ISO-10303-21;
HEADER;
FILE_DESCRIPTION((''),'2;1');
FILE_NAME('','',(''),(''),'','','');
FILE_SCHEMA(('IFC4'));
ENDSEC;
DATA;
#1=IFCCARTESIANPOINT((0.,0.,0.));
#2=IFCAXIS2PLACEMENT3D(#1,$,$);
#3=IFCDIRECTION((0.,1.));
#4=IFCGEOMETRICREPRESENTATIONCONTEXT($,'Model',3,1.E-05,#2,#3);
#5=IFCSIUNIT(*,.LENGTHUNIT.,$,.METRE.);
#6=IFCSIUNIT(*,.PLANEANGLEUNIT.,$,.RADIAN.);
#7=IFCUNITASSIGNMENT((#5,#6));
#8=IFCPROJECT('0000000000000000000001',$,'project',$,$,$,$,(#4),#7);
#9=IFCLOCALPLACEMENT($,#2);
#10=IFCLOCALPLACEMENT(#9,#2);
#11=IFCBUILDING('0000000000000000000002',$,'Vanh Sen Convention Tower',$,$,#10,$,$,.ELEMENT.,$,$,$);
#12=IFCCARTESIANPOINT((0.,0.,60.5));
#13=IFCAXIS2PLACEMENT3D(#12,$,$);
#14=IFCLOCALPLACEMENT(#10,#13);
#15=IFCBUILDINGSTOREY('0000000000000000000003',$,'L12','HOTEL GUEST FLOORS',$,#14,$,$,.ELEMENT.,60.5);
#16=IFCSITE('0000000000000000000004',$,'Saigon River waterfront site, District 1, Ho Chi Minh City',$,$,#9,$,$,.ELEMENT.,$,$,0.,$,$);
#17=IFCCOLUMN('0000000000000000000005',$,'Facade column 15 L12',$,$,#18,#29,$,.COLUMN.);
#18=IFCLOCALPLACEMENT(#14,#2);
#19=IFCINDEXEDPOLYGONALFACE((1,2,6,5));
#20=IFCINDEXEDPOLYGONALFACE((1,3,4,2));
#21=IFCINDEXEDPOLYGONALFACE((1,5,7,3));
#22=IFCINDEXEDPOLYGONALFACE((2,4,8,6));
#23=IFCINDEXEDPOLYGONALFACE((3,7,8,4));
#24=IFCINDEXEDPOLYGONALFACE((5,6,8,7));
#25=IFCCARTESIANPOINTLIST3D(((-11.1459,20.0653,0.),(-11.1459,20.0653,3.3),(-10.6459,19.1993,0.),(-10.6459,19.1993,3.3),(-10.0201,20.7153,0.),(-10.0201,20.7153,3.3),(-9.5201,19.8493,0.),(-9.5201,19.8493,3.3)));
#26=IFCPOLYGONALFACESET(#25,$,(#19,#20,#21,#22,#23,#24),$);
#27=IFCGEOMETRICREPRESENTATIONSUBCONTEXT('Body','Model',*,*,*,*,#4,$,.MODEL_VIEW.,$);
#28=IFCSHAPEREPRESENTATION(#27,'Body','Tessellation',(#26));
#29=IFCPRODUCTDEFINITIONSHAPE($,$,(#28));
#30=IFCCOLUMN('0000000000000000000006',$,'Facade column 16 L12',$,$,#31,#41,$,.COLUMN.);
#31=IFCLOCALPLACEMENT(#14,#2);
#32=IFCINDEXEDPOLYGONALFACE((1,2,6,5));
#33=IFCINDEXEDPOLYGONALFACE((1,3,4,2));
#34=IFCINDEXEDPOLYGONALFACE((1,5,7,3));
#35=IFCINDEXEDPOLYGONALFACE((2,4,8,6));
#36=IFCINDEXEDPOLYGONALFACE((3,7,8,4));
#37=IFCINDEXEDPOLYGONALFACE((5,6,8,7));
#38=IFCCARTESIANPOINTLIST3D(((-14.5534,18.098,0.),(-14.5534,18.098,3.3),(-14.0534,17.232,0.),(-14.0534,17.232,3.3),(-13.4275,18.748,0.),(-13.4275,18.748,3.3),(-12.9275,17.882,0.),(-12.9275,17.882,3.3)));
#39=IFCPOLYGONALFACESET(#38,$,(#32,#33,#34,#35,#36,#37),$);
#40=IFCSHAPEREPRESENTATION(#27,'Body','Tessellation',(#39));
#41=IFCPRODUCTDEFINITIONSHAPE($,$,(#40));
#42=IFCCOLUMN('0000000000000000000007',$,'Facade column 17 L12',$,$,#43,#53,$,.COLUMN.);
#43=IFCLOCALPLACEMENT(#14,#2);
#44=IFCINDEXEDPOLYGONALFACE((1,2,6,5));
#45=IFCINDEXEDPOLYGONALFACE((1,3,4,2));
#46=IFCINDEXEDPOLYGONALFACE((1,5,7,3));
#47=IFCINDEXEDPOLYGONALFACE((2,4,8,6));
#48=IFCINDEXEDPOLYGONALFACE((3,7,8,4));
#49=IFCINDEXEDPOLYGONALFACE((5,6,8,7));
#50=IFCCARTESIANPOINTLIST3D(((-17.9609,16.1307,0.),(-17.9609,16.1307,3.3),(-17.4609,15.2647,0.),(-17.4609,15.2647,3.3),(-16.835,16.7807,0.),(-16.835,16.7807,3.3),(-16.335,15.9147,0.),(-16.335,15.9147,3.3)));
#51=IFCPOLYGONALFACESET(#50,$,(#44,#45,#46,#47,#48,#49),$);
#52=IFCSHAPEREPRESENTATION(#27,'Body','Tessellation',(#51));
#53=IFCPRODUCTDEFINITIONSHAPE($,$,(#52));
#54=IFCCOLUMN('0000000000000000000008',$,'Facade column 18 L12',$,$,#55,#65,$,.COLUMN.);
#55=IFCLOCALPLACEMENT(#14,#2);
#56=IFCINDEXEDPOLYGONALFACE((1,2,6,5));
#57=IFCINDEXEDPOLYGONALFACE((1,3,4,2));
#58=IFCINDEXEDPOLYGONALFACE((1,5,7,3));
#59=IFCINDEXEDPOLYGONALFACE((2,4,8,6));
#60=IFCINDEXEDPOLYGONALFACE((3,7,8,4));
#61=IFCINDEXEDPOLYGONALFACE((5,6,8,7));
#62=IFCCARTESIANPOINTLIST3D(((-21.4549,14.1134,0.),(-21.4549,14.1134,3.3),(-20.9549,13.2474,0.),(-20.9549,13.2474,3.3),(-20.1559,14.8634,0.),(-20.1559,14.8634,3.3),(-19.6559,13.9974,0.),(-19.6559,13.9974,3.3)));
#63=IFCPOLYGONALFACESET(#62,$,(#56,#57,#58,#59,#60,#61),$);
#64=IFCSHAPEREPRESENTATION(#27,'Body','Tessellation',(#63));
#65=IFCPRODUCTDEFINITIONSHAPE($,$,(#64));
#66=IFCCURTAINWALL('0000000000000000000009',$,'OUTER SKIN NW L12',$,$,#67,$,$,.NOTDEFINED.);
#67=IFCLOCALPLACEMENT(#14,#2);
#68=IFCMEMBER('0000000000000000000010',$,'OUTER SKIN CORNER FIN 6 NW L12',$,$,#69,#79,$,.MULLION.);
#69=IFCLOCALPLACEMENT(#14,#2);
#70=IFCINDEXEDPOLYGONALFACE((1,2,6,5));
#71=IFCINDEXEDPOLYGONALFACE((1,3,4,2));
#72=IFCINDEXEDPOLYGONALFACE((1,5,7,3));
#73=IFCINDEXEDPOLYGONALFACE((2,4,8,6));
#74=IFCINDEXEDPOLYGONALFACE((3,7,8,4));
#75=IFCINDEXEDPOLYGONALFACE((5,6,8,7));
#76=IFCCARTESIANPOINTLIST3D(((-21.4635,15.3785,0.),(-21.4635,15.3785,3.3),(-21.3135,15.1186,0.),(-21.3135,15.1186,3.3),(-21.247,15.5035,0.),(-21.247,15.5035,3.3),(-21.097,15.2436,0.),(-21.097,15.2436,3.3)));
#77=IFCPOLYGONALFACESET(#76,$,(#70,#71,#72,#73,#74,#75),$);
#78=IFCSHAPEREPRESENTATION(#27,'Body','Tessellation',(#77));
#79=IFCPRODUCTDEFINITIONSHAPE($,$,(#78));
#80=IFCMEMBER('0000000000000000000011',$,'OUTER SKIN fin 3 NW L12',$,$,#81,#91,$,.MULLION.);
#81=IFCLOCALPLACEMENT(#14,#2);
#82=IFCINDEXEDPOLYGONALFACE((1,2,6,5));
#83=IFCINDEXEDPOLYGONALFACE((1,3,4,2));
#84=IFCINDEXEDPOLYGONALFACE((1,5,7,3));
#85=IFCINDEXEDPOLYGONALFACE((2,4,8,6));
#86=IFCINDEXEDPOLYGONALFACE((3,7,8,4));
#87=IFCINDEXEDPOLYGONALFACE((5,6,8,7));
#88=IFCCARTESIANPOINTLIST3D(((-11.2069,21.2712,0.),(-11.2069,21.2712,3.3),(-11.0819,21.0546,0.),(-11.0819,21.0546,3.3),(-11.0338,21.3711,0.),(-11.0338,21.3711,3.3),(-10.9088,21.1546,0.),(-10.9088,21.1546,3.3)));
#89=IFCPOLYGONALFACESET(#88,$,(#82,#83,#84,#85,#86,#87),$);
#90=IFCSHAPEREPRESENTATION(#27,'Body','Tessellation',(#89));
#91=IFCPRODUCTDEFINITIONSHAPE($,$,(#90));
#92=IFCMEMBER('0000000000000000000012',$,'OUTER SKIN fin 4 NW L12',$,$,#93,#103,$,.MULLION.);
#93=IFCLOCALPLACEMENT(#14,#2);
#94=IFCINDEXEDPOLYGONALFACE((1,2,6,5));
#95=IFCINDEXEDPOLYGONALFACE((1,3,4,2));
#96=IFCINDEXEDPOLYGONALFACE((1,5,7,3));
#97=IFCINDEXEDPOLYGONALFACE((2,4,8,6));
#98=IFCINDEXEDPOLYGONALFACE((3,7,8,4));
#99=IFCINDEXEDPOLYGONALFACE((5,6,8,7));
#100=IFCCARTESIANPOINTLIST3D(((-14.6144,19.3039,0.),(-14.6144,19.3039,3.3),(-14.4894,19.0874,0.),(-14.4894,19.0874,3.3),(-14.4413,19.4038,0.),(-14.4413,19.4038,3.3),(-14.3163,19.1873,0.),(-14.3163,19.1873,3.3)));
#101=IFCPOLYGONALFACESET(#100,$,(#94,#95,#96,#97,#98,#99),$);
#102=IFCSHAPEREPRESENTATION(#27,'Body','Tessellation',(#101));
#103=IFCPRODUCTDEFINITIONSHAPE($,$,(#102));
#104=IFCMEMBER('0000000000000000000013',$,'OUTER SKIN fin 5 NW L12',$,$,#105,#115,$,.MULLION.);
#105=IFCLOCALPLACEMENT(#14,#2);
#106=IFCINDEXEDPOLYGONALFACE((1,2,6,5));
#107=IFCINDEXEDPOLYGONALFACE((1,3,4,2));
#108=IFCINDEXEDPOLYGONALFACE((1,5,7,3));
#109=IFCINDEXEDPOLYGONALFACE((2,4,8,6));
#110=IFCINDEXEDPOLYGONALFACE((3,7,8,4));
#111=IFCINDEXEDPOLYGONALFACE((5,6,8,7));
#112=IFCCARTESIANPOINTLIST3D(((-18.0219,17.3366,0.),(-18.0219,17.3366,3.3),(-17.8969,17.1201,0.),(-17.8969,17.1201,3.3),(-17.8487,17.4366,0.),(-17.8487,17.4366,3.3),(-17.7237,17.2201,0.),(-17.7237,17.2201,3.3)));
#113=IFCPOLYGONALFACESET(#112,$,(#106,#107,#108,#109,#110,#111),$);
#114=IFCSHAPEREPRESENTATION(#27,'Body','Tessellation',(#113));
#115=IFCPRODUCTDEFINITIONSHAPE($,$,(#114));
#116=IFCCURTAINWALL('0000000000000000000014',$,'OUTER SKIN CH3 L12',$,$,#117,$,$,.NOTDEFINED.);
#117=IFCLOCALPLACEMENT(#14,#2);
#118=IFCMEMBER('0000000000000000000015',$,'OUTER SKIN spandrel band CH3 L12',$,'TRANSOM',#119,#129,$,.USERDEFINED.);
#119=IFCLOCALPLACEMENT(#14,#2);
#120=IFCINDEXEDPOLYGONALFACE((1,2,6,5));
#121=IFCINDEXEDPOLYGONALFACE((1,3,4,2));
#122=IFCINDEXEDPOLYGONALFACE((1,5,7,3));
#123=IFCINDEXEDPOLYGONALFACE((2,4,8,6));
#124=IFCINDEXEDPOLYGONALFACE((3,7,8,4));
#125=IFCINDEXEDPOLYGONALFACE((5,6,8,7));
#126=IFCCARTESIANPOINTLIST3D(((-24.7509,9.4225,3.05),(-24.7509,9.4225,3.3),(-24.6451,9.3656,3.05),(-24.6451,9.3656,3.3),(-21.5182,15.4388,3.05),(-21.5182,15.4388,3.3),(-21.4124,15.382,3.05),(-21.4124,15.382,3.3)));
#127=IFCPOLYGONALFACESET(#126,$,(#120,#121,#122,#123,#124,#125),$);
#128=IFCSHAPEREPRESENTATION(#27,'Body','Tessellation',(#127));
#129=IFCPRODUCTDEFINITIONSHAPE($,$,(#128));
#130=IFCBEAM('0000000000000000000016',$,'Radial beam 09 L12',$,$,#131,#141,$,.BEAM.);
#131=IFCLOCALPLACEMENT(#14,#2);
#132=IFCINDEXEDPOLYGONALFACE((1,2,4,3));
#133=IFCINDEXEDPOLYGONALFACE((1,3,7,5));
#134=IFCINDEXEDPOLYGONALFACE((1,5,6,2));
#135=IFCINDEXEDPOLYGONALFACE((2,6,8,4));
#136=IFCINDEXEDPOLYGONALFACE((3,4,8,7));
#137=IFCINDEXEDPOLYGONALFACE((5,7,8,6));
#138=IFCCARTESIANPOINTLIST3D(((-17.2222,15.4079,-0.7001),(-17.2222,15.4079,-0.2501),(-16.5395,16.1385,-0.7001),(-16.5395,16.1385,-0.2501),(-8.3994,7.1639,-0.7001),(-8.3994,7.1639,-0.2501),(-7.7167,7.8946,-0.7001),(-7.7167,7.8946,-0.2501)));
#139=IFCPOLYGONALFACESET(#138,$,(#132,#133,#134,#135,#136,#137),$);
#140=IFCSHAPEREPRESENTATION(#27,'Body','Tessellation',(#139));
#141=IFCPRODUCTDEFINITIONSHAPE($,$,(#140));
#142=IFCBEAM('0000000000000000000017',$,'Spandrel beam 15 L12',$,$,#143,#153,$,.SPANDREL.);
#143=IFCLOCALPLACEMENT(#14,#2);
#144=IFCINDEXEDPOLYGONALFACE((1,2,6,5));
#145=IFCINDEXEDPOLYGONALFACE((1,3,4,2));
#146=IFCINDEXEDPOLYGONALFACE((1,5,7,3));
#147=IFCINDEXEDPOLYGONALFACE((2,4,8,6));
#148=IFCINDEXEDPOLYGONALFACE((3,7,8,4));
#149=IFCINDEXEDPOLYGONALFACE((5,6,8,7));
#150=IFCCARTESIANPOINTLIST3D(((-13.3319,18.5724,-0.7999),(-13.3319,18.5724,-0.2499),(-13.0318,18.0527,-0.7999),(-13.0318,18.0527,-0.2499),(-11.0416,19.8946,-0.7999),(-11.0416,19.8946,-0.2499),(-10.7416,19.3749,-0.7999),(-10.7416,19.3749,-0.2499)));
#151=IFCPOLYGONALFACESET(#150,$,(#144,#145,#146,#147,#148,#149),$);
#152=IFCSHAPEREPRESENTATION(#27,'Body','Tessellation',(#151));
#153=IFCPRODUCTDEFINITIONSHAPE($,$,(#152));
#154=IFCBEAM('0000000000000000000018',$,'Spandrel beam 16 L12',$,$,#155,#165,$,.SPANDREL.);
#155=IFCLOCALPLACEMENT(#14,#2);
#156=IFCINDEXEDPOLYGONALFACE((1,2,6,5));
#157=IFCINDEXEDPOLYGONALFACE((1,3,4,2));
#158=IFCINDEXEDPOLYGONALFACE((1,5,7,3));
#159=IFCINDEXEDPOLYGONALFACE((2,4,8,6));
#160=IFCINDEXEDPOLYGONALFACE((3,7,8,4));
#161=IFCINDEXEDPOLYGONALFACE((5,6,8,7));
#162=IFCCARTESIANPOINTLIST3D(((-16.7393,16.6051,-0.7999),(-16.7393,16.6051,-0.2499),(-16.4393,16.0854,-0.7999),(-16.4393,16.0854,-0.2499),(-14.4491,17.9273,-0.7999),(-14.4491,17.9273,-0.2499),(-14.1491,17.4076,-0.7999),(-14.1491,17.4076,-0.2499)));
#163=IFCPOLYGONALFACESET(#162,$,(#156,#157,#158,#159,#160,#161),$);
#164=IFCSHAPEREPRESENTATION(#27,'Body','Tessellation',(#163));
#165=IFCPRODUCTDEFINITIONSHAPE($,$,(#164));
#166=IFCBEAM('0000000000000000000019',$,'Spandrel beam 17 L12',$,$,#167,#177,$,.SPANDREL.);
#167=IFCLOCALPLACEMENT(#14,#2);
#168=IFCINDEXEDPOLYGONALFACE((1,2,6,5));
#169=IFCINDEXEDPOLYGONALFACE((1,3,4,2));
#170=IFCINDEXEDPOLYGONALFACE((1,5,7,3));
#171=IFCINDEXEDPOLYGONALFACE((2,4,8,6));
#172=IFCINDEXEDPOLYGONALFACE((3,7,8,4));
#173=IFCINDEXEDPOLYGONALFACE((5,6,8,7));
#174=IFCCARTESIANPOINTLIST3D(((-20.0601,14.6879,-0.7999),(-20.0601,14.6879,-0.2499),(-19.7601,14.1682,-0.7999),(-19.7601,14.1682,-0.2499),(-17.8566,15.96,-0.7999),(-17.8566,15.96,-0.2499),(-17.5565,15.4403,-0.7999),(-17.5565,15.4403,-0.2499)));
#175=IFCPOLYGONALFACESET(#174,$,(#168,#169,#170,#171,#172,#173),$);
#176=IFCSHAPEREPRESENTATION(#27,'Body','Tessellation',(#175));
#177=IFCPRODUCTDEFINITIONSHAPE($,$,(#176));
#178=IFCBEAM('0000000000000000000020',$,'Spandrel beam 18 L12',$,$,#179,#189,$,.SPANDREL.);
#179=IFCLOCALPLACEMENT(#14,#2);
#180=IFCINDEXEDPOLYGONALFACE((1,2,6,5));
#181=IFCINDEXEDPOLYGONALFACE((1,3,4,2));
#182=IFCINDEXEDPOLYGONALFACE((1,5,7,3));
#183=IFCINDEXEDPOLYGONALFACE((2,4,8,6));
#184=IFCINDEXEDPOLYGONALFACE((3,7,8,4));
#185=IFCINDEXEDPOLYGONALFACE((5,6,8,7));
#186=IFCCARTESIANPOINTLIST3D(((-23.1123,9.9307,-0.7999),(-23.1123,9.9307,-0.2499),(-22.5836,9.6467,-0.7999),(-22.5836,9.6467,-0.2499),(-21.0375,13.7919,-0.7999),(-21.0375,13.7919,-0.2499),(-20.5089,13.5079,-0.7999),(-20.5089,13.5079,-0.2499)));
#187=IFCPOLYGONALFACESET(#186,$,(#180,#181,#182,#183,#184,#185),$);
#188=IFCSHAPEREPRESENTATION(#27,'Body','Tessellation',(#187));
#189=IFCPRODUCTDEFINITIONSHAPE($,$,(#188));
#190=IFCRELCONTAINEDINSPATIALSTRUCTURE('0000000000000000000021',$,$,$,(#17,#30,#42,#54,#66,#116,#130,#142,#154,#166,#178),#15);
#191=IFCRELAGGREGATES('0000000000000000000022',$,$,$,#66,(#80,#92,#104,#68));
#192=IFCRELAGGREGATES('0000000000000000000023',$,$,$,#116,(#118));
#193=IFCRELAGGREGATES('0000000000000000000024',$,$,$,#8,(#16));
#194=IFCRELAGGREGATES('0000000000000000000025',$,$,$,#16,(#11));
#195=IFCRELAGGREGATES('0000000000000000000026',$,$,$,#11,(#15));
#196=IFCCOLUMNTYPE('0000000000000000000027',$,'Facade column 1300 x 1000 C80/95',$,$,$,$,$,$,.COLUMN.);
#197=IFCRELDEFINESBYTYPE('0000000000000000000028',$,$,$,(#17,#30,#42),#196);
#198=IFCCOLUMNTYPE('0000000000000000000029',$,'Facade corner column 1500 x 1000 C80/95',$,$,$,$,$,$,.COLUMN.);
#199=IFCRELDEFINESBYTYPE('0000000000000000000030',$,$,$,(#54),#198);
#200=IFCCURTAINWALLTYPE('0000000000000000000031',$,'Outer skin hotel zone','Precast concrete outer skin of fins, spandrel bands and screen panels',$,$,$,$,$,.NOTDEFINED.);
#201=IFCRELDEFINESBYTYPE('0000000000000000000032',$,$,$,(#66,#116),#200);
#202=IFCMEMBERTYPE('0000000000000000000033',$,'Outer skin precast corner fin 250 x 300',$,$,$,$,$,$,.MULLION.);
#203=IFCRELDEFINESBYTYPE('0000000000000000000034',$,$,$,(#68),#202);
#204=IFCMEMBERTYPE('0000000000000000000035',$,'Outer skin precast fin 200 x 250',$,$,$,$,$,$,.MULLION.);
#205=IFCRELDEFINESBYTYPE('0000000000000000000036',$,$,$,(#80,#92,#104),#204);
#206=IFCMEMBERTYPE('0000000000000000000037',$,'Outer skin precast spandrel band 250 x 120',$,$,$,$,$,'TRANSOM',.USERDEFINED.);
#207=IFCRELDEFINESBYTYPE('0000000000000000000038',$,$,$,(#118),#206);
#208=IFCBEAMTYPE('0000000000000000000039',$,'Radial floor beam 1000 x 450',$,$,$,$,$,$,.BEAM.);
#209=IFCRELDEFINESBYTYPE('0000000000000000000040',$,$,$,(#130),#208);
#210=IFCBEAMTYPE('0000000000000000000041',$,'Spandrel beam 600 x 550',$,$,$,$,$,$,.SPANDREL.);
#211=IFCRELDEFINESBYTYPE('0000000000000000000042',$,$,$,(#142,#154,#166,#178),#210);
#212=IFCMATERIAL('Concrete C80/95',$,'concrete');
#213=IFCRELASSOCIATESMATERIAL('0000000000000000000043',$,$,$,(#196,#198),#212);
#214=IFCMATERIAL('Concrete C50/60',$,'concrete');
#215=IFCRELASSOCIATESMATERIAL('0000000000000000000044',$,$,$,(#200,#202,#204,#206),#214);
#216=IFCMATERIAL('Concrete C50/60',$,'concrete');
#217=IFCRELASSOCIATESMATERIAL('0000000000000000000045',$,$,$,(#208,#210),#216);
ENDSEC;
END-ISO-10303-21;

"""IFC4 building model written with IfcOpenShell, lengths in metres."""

from ifc_helpers import new_model, si_unit, direction, frame, origin, origin_2d, place, context, subcontext, project, spatial, rectangle, extrude, material, material_profile, profile_set, type_object, element, aggregate, save


model = new_model("IFC4")

# Units and contexts
model_context = context("Model", 3, precision=1e-05, world=origin(), true_north=direction((0.0, 1.0)))
body_context = subcontext(model_context, "Body", "Model", "MODEL_VIEW")
ifc_project = project(units=[si_unit("LENGTHUNIT", "METRE"), si_unit("PLANEANGLEUNIT", "RADIAN")], contexts=[model_context])

# Site, building, storey
site_placement = place(None, origin())
site = spatial("IfcSite", under=ifc_project, at=site_placement, Name="Saigon River waterfront site, District 1, Ho Chi Minh City", CompositionType="ELEMENT", RefElevation=0.0)
building_placement = place(site_placement, origin())
building = spatial("IfcBuilding", under=site, at=building_placement, Name="Vanh Sen Convention Tower", CompositionType="ELEMENT")
storey_placement = place(building_placement, frame((0.0, 0.0, 60.5)))
storey = spatial("IfcBuildingStorey", under=building, at=storey_placement, Name="L12", Description="HOTEL GUEST FLOORS", CompositionType="ELEMENT", Elevation=60.5)

# Columns
ifc_material_1 = material(Name="Concrete C80/95", Category="concrete")
ifc_material_profile_1 = material_profile(ifc_material_1, rectangle(XDim=1.3, YDim=1.0, at=origin_2d()), Name="RC 1300X1000")
ifc_profile_set_1 = profile_set([ifc_material_profile_1], Name="Concrete C80/95")
column_type_1 = type_object("IfcColumnType", Name="Facade column 1300 x 1000 C80/95", PredefinedType="COLUMN", material=ifc_profile_set_1)
for number, where, z_axis, x_axis, name in (
    (1, (-10.333, 19.9573, 0.0), (0.0, 0.0, 1.0), (-0.866025, -0.5, 0.0), "Facade column 15 L12"),
    (2, (-13.7405, 17.99, 0.0), (0.0, 0.0, 1.0), (-0.866025, -0.5, 0.0), "Facade column 16 L12"),
    (3, (-17.1479, 16.0227, 0.0), (0.0, 0.0, 1.0), (-0.866025, -0.5, 0.0), "Facade column 17 L12"),
):
    element("IfcColumn", number, at=place(storey_placement, frame(where, z_axis=z_axis, x_axis=x_axis)), inside=storey, type_object=column_type_1, Name=name, PredefinedType="COLUMN", context=body_context, shape_type="SweptSolid", body=[
        extrude(rectangle(XDim=1.3, YDim=1.0, at=origin_2d()), origin(), (0.0, 0.0, 1.0), 3.3),
    ])
ifc_material_profile_2 = material_profile(ifc_material_1, rectangle(XDim=1.5, YDim=1.0, at=origin_2d()), Name="RC 1500X1000")
ifc_profile_set_2 = profile_set([ifc_material_profile_2], Name="Concrete C80/95")
column_type_2 = type_object("IfcColumnType", Name="Facade corner column 1500 x 1000 C80/95", PredefinedType="COLUMN", material=ifc_profile_set_2)
column_placement = place(storey_placement, frame((-20.5554, 14.0554, 0.0), z_axis=(0.0, 0.0, 1.0), x_axis=(-0.866025, -0.5, 0.0)))
element("IfcColumn", 4, at=column_placement, inside=storey, type_object=column_type_2, Name="Facade column 18 L12", PredefinedType="COLUMN", context=body_context, shape_type="SweptSolid", body=[
    extrude(rectangle(XDim=1.5, YDim=1.0, at=origin_2d()), origin(), (0.0, 0.0, 1.0), 3.3),
])

# Curtain wall, members
ifc_material_2 = material(Name="Concrete C50/60", Category="concrete")
curtain_wall_type = type_object("IfcCurtainWallType", Name="Outer skin hotel zone", Description="Precast concrete outer skin of fins, spandrel bands and screen panels", PredefinedType="NOTDEFINED", material=ifc_material_2)
curtain_wall_1_placement = place(storey_placement, origin())
curtain_wall_1 = element("IfcCurtainWall", 5, at=curtain_wall_1_placement, inside=storey, type_object=curtain_wall_type, Name="OUTER SKIN NW L12", PredefinedType="NOTDEFINED")
ifc_material_profile_3 = material_profile(ifc_material_2, rectangle(XDim=0.25, YDim=0.3, at=origin_2d()), Name="Outer skin precast corner fin 250 x 300")
ifc_profile_set_3 = profile_set([ifc_material_profile_3], Name="Concrete C50/60")
member_type_1 = type_object("IfcMemberType", Name="Outer skin precast corner fin 250 x 300", PredefinedType="MULLION", material=ifc_profile_set_3)
member_1_placement = place(storey_placement, frame((-21.2803, 15.311, 0.0), z_axis=(0.0, 0.0, 1.0), x_axis=(-0.866025, -0.5, 0.0)))
member_1 = element("IfcMember", 6, at=member_1_placement, type_object=member_type_1, Name="OUTER SKIN CORNER FIN 6 NW L12", PredefinedType="MULLION", context=body_context, shape_type="SweptSolid", body=[
    extrude(rectangle(XDim=0.25, YDim=0.3, at=origin_2d()), origin(), (0.0, 0.0, 1.0), 3.3),
])
ifc_material_profile_4 = material_profile(ifc_material_2, rectangle(XDim=0.2, YDim=0.25, at=origin_2d()), Name="Outer skin precast fin 200 x 250")
ifc_profile_set_4 = profile_set([ifc_material_profile_4], Name="Concrete C50/60")
member_type_2 = type_object("IfcMemberType", Name="Outer skin precast fin 200 x 250", PredefinedType="MULLION", material=ifc_profile_set_4)
member_2_placement = place(storey_placement, frame((-11.0579, 21.2129, 0.0), z_axis=(0.0, 0.0, 1.0), x_axis=(-0.866025, -0.5, 0.0)))
member_2 = element("IfcMember", 7, at=member_2_placement, type_object=member_type_2, Name="OUTER SKIN fin 3 NW L12", PredefinedType="MULLION", context=body_context, shape_type="SweptSolid", body=[
    extrude(rectangle(XDim=0.2, YDim=0.25, at=origin_2d()), origin(), (0.0, 0.0, 1.0), 3.3),
])
member_3_placement = place(storey_placement, frame((-14.4653, 19.2456, 0.0), z_axis=(0.0, 0.0, 1.0), x_axis=(-0.866025, -0.5, 0.0)))
member_3 = element("IfcMember", 8, at=member_3_placement, type_object=member_type_2, Name="OUTER SKIN fin 4 NW L12", PredefinedType="MULLION", context=body_context, shape_type="SweptSolid", body=[
    extrude(rectangle(XDim=0.2, YDim=0.25, at=origin_2d()), origin(), (0.0, 0.0, 1.0), 3.3),
])
member_4_placement = place(storey_placement, frame((-17.8728, 17.2783, 0.0), z_axis=(0.0, 0.0, 1.0), x_axis=(-0.866025, -0.5, 0.0)))
member_4 = element("IfcMember", 9, at=member_4_placement, type_object=member_type_2, Name="OUTER SKIN fin 5 NW L12", PredefinedType="MULLION", context=body_context, shape_type="SweptSolid", body=[
    extrude(rectangle(XDim=0.2, YDim=0.25, at=origin_2d()), origin(), (0.0, 0.0, 1.0), 3.3),
])

# Curtain wall, member
curtain_wall_2_placement = place(storey_placement, origin())
curtain_wall_2 = element("IfcCurtainWall", 10, at=curtain_wall_2_placement, inside=storey, type_object=curtain_wall_type, Name="OUTER SKIN CH3 L12", PredefinedType="NOTDEFINED")
ifc_material_profile_5 = material_profile(ifc_material_2, rectangle(XDim=0.1201, YDim=0.25, at=origin_2d()), Name="Outer skin precast spandrel band 250 x 120")
ifc_profile_set_5 = profile_set([ifc_material_profile_5], Name="Concrete C50/60")
member_type_3 = type_object("IfcMemberType", Name="Outer skin precast spandrel band 250 x 120", ElementType="TRANSOM", PredefinedType="USERDEFINED", material=ifc_profile_set_5)
member_5_placement = place(storey_placement, frame((-21.4653, 15.4104, 3.175), z_axis=(-0.473315, -0.880893, 0.0), x_axis=(0.880893, -0.473315, 0.0)))
member_5 = element("IfcMember", 11, at=member_5_placement, type_object=member_type_3, Name="OUTER SKIN spandrel band CH3 L12", ObjectType="TRANSOM", PredefinedType="USERDEFINED", context=body_context, shape_type="SweptSolid", body=[
    extrude(rectangle(XDim=0.1201, YDim=0.25, at=origin_2d()), origin(), (0.0, 0.0, 1.0), 6.8298),
])

# Beams
ifc_material_3 = material(Name="Concrete C50/60", Category="concrete")
ifc_material_profile_6 = material_profile(ifc_material_3, rectangle(XDim=1.0, YDim=0.45, at=origin_2d()), Name="RC 1000X450")
ifc_profile_set_6 = profile_set([ifc_material_profile_6], Name="Concrete C50/60")
beam_type_1 = type_object("IfcBeamType", Name="Radial floor beam 1000 x 450", PredefinedType="BEAM", material=ifc_profile_set_6)
beam_1_placement = place(storey_placement, frame((-16.8809, 15.7732, -0.4751), z_axis=(0.73067, -0.682731, 0.0), x_axis=(0.682731, 0.73067, 0.0)))
element("IfcBeam", 12, at=beam_1_placement, inside=storey, type_object=beam_type_1, Name="Radial beam 09 L12", PredefinedType="BEAM", context=body_context, shape_type="SweptSolid", body=[
    extrude(rectangle(XDim=1.0, YDim=0.45, at=origin_2d()), origin(), (0.0, 0.0, 1.0), 12.075),
])
ifc_material_profile_7 = material_profile(ifc_material_3, rectangle(XDim=0.6001, YDim=0.55, at=origin_2d()), Name="RC 600X550")
ifc_profile_set_7 = profile_set([ifc_material_profile_7], Name="Concrete C50/60")
beam_type_2 = type_object("IfcBeamType", Name="Spandrel beam 600 x 550", PredefinedType="SPANDREL", material=ifc_profile_set_7)
for number, where, z_axis, x_axis, name in (
    (13, (-10.8916, 19.6348, -0.5249), (-0.86603, -0.499991, 0.0), (0.499991, -0.86603, 0.0), "Spandrel beam 15 L12"),
    (14, (-14.2991, 17.6675, -0.5249), (-0.86603, -0.499991, 0.0), (0.499991, -0.86603, 0.0), "Spandrel beam 16 L12"),
):
    element("IfcBeam", number, at=place(storey_placement, frame(where, z_axis=z_axis, x_axis=x_axis)), inside=storey, type_object=beam_type_2, Name=name, PredefinedType="SPANDREL", context=body_context, shape_type="SweptSolid", body=[
        extrude(rectangle(XDim=0.6001, YDim=0.55, at=origin_2d()), origin(), (0.0, 0.0, 1.0), 2.6445),
    ])
beam_2_placement = place(storey_placement, frame((-17.7065, 15.7002, -0.5249), z_axis=(-0.866032, -0.499988, 0.0), x_axis=(0.499988, -0.866032, 0.0)))
element("IfcBeam", 15, at=beam_2_placement, inside=storey, type_object=beam_type_2, Name="Spandrel beam 17 L12", PredefinedType="SPANDREL", context=body_context, shape_type="SweptSolid", body=[
    extrude(rectangle(XDim=0.6001, YDim=0.55, at=origin_2d()), origin(), (0.0, 0.0, 1.0), 2.5444),
])
beam_3_placement = place(storey_placement, frame((-20.7732, 13.6499, -0.5249), z_axis=(-0.473332, -0.880884, 0.0), x_axis=(0.880884, -0.473332, 0.0)))
element("IfcBeam", 16, at=beam_3_placement, inside=storey, type_object=beam_type_2, Name="Spandrel beam 18 L12", PredefinedType="SPANDREL", context=body_context, shape_type="SweptSolid", body=[
    extrude(rectangle(XDim=0.6001, YDim=0.55, at=origin_2d()), origin(), (0.0, 0.0, 1.0), 4.3833),
])

aggregate(curtain_wall_1, [member_2, member_3, member_4, member_1])
aggregate(curtain_wall_2, [member_5])

save(model, "model.ifc")
